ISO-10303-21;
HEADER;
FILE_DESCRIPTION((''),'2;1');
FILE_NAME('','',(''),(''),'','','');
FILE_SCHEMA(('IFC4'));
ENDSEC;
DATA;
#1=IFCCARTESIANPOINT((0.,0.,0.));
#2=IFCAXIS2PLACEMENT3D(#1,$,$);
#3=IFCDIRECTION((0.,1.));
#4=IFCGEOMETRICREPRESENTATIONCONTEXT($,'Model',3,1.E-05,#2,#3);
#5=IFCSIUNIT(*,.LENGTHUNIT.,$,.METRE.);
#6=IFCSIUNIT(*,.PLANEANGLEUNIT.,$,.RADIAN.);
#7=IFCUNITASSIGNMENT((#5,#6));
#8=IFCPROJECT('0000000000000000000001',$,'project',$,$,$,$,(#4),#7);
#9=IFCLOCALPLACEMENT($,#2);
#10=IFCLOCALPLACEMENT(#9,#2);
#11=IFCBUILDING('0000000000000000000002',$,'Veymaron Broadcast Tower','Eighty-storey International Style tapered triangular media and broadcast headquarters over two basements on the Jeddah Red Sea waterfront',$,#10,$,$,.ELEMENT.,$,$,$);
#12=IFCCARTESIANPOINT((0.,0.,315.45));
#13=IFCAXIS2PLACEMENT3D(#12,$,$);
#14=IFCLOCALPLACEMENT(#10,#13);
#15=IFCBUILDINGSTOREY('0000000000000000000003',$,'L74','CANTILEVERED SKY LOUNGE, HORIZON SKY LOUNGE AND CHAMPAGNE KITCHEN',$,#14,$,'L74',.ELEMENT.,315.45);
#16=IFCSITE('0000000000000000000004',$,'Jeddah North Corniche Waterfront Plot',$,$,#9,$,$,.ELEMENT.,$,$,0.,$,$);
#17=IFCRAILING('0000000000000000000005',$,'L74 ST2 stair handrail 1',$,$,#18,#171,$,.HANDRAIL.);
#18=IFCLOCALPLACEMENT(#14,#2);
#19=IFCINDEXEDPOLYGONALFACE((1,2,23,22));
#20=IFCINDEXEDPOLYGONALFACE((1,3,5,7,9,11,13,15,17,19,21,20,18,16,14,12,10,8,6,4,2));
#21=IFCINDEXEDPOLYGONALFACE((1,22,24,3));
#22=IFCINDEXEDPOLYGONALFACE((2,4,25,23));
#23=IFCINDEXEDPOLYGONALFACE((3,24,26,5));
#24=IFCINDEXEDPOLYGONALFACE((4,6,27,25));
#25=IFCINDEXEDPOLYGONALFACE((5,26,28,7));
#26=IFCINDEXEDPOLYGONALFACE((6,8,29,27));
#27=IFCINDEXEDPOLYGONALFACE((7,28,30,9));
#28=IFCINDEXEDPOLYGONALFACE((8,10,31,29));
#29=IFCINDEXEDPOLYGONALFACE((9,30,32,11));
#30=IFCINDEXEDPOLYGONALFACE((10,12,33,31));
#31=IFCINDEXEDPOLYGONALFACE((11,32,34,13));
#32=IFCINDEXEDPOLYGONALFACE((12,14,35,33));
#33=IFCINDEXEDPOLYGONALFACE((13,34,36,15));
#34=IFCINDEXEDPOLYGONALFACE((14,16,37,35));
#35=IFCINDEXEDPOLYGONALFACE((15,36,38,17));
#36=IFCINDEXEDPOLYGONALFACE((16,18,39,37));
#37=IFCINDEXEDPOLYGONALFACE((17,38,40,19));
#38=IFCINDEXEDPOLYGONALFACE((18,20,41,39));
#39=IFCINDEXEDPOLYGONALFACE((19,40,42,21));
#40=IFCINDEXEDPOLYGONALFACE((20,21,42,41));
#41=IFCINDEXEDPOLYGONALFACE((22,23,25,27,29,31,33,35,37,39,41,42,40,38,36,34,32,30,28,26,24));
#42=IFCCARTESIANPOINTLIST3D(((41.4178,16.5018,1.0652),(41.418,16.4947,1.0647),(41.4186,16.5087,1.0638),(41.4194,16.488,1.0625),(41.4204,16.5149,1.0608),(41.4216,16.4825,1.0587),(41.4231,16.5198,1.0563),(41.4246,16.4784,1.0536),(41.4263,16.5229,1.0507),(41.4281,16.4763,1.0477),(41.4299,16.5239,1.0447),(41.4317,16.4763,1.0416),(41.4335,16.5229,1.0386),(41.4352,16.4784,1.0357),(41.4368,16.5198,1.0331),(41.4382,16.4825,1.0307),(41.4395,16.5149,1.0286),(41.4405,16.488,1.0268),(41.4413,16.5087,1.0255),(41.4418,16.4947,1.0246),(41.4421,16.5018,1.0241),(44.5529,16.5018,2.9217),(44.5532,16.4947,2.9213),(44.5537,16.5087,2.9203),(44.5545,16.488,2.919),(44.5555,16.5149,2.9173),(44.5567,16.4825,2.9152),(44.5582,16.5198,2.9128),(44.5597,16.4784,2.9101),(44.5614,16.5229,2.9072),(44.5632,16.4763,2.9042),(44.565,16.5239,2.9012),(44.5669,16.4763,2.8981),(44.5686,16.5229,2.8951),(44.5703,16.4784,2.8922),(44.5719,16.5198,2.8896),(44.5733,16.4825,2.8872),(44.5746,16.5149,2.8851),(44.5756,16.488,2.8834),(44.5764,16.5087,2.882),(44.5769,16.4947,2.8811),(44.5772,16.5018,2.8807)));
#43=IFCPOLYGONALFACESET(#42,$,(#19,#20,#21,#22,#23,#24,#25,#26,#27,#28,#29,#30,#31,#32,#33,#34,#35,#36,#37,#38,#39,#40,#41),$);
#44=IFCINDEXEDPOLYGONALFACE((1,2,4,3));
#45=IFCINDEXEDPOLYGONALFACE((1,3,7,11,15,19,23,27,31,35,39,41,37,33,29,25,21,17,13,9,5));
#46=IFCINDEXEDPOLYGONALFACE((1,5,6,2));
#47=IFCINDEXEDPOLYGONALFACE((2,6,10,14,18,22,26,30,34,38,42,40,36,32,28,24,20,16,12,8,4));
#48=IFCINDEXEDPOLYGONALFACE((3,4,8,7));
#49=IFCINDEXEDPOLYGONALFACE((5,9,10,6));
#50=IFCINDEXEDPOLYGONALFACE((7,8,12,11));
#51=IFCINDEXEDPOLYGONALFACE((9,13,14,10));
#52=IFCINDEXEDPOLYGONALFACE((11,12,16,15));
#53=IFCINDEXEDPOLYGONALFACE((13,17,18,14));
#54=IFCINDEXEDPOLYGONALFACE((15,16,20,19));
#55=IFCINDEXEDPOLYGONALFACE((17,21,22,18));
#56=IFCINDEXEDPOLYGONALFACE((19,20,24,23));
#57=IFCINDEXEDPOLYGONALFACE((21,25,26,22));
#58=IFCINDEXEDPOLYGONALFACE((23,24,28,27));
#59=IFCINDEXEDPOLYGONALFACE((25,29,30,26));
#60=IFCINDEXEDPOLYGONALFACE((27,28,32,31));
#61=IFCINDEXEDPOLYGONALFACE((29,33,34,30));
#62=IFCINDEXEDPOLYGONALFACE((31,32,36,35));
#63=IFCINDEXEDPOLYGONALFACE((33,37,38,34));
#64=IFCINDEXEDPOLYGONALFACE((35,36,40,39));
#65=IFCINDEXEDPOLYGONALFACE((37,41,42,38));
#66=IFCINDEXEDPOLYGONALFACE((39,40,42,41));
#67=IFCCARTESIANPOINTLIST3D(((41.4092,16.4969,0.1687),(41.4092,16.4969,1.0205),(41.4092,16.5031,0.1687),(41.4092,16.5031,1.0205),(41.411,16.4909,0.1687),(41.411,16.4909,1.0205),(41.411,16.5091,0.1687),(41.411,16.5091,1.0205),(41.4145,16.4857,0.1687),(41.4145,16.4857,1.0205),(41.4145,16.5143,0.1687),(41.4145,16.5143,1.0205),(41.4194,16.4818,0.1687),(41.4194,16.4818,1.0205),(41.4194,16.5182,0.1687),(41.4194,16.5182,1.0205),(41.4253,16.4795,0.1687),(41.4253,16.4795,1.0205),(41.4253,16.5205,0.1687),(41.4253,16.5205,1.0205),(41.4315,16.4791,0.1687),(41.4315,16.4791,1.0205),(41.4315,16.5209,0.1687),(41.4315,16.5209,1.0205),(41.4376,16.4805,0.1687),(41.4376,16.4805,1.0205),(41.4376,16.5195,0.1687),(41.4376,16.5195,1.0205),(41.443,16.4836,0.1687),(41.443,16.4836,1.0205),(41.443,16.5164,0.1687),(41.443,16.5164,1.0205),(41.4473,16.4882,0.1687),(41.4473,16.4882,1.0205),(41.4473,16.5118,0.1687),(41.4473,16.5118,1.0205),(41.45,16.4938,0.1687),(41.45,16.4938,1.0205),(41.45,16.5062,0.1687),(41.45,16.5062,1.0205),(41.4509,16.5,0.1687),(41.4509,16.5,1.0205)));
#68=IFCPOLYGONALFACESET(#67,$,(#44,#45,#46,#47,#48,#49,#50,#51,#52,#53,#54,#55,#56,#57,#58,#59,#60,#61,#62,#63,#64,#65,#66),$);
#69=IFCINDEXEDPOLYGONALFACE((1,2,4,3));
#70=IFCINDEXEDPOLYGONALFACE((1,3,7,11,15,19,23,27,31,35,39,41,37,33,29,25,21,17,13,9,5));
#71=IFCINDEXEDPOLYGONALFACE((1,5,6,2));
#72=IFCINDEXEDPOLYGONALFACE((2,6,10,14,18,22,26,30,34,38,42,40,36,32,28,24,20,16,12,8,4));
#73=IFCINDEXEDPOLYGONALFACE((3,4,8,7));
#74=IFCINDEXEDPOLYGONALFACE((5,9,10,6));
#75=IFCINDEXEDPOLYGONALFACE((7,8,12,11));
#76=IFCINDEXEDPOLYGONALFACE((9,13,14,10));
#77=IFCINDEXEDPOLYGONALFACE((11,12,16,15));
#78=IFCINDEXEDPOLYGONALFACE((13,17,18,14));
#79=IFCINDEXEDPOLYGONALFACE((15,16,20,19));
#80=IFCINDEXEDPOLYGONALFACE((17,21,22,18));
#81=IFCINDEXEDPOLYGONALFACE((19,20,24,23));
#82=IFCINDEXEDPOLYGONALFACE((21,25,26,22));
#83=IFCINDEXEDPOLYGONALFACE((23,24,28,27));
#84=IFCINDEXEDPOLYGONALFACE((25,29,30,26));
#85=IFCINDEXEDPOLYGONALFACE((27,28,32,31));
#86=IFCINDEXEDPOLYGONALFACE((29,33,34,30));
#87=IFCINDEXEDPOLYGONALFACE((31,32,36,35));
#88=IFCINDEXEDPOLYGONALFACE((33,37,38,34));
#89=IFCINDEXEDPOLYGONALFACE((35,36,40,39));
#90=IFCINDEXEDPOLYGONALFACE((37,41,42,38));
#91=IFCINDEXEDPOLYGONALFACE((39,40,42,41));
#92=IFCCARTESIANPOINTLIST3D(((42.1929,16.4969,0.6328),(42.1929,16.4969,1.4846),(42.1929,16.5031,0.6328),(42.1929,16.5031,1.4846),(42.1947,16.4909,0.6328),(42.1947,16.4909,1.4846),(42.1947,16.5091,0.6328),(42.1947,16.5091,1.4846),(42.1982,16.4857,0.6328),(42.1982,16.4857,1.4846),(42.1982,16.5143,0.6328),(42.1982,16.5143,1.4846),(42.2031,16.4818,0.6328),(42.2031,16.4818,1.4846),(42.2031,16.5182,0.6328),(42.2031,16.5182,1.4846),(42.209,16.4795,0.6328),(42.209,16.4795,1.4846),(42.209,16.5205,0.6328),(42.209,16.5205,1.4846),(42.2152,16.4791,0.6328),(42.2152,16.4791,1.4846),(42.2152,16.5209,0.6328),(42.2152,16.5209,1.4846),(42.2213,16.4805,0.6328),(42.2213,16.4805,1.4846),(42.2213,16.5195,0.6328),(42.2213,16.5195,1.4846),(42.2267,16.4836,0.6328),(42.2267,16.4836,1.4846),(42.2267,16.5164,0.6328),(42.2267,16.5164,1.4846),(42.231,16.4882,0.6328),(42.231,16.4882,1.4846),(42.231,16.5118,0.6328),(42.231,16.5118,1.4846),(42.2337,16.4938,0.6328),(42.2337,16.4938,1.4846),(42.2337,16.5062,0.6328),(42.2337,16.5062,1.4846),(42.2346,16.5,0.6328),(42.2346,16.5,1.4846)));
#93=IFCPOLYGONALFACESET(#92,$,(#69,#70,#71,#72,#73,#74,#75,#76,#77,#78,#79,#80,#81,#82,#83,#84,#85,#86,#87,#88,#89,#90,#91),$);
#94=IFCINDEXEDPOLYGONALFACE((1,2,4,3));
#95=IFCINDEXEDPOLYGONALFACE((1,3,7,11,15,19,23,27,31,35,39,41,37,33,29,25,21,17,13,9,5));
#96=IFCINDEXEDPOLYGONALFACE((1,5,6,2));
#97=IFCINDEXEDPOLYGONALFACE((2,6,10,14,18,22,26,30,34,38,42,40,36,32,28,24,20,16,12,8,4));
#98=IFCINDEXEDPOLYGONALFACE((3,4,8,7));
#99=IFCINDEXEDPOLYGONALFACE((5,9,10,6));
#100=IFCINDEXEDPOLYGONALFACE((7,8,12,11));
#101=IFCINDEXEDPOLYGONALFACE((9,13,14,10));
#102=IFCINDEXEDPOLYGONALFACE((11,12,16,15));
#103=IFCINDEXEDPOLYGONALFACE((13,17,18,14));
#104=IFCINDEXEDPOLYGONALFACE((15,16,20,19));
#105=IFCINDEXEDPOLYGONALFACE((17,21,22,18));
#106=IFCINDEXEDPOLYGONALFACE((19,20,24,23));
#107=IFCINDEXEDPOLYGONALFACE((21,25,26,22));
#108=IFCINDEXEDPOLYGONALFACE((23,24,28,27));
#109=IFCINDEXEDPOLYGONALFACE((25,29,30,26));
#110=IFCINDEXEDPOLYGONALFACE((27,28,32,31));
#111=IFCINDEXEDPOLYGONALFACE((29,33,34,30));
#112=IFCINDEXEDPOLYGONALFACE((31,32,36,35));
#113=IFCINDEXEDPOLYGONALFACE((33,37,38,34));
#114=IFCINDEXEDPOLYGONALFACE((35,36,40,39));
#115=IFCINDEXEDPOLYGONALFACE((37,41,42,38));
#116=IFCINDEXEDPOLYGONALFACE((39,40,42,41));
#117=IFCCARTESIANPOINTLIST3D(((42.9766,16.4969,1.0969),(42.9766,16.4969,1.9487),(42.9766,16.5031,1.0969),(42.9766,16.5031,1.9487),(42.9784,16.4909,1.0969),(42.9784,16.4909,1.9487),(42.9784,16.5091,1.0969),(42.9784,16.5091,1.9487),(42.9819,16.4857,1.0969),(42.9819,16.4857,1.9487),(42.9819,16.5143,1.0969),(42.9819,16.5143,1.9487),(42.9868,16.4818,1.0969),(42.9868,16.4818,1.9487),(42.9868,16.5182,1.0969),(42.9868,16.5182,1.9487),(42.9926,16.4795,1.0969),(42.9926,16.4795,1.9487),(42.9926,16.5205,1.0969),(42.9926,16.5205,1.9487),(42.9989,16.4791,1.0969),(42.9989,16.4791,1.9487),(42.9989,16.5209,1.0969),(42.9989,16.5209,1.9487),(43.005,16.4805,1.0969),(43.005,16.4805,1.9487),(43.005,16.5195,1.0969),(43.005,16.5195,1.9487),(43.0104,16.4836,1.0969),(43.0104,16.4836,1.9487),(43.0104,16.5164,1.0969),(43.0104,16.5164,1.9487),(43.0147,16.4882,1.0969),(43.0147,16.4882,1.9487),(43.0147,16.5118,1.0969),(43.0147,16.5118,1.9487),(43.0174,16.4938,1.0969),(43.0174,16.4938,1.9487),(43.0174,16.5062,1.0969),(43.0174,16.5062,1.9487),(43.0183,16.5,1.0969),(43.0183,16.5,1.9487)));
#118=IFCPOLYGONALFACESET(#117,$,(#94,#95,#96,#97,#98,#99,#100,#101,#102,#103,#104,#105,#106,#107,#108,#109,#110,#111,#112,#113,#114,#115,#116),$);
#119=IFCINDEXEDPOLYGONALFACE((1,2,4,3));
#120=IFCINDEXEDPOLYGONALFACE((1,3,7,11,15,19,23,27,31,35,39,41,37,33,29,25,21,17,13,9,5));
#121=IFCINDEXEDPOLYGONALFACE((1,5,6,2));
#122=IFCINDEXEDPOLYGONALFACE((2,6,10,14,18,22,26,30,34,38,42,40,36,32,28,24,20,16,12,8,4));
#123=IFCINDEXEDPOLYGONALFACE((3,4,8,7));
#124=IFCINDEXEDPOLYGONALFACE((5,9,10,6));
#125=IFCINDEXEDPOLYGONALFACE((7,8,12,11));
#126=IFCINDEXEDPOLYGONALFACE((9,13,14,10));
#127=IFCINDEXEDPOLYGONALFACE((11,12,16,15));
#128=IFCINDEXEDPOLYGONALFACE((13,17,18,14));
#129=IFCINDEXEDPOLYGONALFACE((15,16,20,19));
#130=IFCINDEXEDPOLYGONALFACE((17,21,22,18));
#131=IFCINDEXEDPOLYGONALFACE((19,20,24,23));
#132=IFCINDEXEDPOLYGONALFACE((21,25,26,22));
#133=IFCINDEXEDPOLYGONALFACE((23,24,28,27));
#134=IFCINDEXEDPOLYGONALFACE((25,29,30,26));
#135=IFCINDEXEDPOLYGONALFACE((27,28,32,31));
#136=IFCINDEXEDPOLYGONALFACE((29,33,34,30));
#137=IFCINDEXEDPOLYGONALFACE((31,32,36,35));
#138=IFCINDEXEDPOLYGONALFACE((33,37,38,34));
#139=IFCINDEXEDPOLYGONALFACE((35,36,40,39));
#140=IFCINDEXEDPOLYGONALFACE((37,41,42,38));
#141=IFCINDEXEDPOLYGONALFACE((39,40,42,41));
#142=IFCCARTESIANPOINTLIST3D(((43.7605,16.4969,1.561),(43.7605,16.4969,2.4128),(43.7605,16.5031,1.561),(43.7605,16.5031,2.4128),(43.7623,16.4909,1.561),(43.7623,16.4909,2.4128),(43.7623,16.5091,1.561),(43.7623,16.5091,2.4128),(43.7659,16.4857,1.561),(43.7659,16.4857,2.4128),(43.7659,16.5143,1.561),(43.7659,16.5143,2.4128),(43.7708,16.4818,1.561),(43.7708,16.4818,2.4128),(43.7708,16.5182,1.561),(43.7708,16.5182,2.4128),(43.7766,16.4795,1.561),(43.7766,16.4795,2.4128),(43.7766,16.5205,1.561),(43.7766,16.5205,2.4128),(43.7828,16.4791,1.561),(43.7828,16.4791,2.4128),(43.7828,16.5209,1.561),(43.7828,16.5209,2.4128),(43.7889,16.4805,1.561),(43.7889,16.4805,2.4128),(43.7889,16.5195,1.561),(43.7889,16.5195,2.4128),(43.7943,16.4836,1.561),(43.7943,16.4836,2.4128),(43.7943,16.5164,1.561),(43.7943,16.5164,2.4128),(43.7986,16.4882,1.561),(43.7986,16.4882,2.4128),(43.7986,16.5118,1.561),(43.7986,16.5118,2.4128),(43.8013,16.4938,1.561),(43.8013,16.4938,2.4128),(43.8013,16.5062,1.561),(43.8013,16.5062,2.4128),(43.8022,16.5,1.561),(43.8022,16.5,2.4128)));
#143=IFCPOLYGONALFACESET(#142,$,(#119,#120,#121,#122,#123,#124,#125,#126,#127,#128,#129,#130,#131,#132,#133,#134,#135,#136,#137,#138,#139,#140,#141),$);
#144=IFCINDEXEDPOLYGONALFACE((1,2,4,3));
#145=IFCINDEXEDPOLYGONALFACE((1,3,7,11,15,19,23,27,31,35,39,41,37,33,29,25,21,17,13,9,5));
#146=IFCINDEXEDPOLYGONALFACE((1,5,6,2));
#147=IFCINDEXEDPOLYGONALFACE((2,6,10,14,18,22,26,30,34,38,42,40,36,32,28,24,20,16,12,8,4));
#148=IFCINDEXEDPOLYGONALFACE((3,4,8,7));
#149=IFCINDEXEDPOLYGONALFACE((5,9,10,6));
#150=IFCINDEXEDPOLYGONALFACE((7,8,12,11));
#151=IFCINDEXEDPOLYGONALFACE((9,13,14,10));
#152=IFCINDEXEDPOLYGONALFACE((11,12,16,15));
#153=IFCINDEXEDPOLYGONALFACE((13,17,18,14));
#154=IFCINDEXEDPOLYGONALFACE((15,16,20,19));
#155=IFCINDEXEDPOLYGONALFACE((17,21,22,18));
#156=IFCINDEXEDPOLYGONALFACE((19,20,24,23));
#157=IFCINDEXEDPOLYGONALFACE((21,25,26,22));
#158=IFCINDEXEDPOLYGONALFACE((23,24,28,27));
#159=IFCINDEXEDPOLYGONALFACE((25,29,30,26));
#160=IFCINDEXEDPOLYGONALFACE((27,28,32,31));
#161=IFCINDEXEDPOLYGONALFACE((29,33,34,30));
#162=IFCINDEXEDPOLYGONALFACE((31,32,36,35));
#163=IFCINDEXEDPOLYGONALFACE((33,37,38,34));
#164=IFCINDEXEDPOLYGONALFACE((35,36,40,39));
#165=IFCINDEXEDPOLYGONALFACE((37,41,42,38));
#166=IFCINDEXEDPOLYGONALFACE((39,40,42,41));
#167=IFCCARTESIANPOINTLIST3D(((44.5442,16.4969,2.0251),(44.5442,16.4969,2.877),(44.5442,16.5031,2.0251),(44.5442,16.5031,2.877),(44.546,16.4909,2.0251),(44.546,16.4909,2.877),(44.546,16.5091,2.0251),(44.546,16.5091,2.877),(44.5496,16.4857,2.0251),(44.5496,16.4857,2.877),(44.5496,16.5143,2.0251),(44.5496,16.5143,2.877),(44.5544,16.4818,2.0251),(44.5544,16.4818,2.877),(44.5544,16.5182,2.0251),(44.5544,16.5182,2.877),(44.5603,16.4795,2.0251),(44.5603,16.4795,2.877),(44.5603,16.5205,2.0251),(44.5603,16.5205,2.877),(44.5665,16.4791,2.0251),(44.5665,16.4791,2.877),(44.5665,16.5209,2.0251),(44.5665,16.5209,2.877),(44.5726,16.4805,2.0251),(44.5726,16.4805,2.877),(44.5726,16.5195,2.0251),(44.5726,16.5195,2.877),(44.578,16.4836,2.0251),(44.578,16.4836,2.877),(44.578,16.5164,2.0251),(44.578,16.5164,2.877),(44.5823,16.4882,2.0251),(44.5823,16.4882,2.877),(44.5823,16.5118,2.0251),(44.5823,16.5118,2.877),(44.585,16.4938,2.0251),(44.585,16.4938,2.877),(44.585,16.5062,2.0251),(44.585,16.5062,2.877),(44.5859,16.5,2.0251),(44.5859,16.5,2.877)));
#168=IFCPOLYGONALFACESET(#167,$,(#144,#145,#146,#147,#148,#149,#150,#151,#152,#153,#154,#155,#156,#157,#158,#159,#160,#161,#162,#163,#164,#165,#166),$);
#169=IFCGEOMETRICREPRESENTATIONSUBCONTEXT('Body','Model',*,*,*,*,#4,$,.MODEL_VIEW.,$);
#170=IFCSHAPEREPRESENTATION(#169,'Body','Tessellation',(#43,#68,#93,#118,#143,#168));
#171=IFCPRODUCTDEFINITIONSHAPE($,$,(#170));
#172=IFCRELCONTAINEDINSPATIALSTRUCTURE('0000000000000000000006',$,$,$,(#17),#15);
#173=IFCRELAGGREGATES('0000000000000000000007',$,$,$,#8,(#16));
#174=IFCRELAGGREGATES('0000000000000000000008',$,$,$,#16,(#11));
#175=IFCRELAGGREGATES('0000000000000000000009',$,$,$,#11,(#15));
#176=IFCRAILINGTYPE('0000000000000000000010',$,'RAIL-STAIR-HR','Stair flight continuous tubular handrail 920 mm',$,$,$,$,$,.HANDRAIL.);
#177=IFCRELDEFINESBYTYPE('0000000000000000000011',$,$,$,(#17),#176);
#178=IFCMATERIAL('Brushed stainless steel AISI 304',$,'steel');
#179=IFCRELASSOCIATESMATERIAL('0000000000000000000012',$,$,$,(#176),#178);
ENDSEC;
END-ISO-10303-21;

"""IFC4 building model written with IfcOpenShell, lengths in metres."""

from ifc_helpers import new_model, si_unit, direction, frame, origin, origin_2d, place, context, subcontext, project, spatial, circle, extrude, material, type_object, element, save


model = new_model("IFC4")

# Units and contexts
model_context = context("Model", 3, precision=1e-05, world=origin(), true_north=direction((0.0, 1.0)))
body_context = subcontext(model_context, "Body", "Model", "MODEL_VIEW")
ifc_project = project(units=[si_unit("LENGTHUNIT", "METRE"), si_unit("PLANEANGLEUNIT", "RADIAN")], contexts=[model_context])

# Site, building, storey
site_placement = place(None, origin())
site = spatial("IfcSite", under=ifc_project, at=site_placement, Name="Jeddah North Corniche Waterfront Plot", CompositionType="ELEMENT", RefElevation=0.0)
building_placement = place(site_placement, origin())
building = spatial("IfcBuilding", under=site, at=building_placement, Name="Veymaron Broadcast Tower", Description="Eighty-storey International Style tapered triangular media and broadcast headquarters over two basements on the Jeddah Red Sea waterfront", CompositionType="ELEMENT")
storey_placement = place(building_placement, frame((0.0, 0.0, 315.45)))
storey = spatial("IfcBuildingStorey", under=building, at=storey_placement, Name="L74", Description="CANTILEVERED SKY LOUNGE, HORIZON SKY LOUNGE AND CHAMPAGNE KITCHEN", LongName="L74", CompositionType="ELEMENT", Elevation=315.45)

# Railing
ifc_material_1 = material(Name="Brushed stainless steel AISI 304", Category="steel")
railing_type_1 = type_object("IfcRailingType", Name="RAIL-STAIR-HR", Description="Stair flight continuous tubular handrail 920 mm", PredefinedType="HANDRAIL", material=ifc_material_1)
railing_1_placement = place(storey_placement, frame((41.4299, 16.5, 0.1687)))
element("IfcRailing", 1, at=railing_1_placement, inside=storey, type_object=railing_type_1, Name="L74 ST2 stair handrail 1", PredefinedType="HANDRAIL", context=body_context, shape_type="SweptSolid", body=[
    extrude(circle(Radius=0.0239, at=origin_2d()), frame((0.0, 0.0, 0.876), z_axis=(0.860453, 0.0, 0.509531), x_axis=(0.0, 1.0, 0.0)), (0.0, 0.0, 1.0), 3.6436),
    extrude(circle(Radius=0.021, at=origin_2d()), origin(), (0.0, 0.0, 1.0), 0.8518),
    extrude(circle(Radius=0.021, at=origin_2d()), frame((0.7837, 0.0, 0.4641)), (0.0, 0.0, 1.0), 0.8518),
    extrude(circle(Radius=0.021, at=origin_2d()), frame((1.5674, 0.0, 0.9282)), (0.0, 0.0, 1.0), 0.8518),
    extrude(circle(Radius=0.021, at=origin_2d()), frame((2.3513, 0.0, 1.3923)), (0.0, 0.0, 1.0), 0.8518),
    extrude(circle(Radius=0.021, at=origin_2d()), frame((3.135, 0.0, 1.8564)), (0.0, 0.0, 1.0), 0.8518),
])

save(model, "model.ifc")
